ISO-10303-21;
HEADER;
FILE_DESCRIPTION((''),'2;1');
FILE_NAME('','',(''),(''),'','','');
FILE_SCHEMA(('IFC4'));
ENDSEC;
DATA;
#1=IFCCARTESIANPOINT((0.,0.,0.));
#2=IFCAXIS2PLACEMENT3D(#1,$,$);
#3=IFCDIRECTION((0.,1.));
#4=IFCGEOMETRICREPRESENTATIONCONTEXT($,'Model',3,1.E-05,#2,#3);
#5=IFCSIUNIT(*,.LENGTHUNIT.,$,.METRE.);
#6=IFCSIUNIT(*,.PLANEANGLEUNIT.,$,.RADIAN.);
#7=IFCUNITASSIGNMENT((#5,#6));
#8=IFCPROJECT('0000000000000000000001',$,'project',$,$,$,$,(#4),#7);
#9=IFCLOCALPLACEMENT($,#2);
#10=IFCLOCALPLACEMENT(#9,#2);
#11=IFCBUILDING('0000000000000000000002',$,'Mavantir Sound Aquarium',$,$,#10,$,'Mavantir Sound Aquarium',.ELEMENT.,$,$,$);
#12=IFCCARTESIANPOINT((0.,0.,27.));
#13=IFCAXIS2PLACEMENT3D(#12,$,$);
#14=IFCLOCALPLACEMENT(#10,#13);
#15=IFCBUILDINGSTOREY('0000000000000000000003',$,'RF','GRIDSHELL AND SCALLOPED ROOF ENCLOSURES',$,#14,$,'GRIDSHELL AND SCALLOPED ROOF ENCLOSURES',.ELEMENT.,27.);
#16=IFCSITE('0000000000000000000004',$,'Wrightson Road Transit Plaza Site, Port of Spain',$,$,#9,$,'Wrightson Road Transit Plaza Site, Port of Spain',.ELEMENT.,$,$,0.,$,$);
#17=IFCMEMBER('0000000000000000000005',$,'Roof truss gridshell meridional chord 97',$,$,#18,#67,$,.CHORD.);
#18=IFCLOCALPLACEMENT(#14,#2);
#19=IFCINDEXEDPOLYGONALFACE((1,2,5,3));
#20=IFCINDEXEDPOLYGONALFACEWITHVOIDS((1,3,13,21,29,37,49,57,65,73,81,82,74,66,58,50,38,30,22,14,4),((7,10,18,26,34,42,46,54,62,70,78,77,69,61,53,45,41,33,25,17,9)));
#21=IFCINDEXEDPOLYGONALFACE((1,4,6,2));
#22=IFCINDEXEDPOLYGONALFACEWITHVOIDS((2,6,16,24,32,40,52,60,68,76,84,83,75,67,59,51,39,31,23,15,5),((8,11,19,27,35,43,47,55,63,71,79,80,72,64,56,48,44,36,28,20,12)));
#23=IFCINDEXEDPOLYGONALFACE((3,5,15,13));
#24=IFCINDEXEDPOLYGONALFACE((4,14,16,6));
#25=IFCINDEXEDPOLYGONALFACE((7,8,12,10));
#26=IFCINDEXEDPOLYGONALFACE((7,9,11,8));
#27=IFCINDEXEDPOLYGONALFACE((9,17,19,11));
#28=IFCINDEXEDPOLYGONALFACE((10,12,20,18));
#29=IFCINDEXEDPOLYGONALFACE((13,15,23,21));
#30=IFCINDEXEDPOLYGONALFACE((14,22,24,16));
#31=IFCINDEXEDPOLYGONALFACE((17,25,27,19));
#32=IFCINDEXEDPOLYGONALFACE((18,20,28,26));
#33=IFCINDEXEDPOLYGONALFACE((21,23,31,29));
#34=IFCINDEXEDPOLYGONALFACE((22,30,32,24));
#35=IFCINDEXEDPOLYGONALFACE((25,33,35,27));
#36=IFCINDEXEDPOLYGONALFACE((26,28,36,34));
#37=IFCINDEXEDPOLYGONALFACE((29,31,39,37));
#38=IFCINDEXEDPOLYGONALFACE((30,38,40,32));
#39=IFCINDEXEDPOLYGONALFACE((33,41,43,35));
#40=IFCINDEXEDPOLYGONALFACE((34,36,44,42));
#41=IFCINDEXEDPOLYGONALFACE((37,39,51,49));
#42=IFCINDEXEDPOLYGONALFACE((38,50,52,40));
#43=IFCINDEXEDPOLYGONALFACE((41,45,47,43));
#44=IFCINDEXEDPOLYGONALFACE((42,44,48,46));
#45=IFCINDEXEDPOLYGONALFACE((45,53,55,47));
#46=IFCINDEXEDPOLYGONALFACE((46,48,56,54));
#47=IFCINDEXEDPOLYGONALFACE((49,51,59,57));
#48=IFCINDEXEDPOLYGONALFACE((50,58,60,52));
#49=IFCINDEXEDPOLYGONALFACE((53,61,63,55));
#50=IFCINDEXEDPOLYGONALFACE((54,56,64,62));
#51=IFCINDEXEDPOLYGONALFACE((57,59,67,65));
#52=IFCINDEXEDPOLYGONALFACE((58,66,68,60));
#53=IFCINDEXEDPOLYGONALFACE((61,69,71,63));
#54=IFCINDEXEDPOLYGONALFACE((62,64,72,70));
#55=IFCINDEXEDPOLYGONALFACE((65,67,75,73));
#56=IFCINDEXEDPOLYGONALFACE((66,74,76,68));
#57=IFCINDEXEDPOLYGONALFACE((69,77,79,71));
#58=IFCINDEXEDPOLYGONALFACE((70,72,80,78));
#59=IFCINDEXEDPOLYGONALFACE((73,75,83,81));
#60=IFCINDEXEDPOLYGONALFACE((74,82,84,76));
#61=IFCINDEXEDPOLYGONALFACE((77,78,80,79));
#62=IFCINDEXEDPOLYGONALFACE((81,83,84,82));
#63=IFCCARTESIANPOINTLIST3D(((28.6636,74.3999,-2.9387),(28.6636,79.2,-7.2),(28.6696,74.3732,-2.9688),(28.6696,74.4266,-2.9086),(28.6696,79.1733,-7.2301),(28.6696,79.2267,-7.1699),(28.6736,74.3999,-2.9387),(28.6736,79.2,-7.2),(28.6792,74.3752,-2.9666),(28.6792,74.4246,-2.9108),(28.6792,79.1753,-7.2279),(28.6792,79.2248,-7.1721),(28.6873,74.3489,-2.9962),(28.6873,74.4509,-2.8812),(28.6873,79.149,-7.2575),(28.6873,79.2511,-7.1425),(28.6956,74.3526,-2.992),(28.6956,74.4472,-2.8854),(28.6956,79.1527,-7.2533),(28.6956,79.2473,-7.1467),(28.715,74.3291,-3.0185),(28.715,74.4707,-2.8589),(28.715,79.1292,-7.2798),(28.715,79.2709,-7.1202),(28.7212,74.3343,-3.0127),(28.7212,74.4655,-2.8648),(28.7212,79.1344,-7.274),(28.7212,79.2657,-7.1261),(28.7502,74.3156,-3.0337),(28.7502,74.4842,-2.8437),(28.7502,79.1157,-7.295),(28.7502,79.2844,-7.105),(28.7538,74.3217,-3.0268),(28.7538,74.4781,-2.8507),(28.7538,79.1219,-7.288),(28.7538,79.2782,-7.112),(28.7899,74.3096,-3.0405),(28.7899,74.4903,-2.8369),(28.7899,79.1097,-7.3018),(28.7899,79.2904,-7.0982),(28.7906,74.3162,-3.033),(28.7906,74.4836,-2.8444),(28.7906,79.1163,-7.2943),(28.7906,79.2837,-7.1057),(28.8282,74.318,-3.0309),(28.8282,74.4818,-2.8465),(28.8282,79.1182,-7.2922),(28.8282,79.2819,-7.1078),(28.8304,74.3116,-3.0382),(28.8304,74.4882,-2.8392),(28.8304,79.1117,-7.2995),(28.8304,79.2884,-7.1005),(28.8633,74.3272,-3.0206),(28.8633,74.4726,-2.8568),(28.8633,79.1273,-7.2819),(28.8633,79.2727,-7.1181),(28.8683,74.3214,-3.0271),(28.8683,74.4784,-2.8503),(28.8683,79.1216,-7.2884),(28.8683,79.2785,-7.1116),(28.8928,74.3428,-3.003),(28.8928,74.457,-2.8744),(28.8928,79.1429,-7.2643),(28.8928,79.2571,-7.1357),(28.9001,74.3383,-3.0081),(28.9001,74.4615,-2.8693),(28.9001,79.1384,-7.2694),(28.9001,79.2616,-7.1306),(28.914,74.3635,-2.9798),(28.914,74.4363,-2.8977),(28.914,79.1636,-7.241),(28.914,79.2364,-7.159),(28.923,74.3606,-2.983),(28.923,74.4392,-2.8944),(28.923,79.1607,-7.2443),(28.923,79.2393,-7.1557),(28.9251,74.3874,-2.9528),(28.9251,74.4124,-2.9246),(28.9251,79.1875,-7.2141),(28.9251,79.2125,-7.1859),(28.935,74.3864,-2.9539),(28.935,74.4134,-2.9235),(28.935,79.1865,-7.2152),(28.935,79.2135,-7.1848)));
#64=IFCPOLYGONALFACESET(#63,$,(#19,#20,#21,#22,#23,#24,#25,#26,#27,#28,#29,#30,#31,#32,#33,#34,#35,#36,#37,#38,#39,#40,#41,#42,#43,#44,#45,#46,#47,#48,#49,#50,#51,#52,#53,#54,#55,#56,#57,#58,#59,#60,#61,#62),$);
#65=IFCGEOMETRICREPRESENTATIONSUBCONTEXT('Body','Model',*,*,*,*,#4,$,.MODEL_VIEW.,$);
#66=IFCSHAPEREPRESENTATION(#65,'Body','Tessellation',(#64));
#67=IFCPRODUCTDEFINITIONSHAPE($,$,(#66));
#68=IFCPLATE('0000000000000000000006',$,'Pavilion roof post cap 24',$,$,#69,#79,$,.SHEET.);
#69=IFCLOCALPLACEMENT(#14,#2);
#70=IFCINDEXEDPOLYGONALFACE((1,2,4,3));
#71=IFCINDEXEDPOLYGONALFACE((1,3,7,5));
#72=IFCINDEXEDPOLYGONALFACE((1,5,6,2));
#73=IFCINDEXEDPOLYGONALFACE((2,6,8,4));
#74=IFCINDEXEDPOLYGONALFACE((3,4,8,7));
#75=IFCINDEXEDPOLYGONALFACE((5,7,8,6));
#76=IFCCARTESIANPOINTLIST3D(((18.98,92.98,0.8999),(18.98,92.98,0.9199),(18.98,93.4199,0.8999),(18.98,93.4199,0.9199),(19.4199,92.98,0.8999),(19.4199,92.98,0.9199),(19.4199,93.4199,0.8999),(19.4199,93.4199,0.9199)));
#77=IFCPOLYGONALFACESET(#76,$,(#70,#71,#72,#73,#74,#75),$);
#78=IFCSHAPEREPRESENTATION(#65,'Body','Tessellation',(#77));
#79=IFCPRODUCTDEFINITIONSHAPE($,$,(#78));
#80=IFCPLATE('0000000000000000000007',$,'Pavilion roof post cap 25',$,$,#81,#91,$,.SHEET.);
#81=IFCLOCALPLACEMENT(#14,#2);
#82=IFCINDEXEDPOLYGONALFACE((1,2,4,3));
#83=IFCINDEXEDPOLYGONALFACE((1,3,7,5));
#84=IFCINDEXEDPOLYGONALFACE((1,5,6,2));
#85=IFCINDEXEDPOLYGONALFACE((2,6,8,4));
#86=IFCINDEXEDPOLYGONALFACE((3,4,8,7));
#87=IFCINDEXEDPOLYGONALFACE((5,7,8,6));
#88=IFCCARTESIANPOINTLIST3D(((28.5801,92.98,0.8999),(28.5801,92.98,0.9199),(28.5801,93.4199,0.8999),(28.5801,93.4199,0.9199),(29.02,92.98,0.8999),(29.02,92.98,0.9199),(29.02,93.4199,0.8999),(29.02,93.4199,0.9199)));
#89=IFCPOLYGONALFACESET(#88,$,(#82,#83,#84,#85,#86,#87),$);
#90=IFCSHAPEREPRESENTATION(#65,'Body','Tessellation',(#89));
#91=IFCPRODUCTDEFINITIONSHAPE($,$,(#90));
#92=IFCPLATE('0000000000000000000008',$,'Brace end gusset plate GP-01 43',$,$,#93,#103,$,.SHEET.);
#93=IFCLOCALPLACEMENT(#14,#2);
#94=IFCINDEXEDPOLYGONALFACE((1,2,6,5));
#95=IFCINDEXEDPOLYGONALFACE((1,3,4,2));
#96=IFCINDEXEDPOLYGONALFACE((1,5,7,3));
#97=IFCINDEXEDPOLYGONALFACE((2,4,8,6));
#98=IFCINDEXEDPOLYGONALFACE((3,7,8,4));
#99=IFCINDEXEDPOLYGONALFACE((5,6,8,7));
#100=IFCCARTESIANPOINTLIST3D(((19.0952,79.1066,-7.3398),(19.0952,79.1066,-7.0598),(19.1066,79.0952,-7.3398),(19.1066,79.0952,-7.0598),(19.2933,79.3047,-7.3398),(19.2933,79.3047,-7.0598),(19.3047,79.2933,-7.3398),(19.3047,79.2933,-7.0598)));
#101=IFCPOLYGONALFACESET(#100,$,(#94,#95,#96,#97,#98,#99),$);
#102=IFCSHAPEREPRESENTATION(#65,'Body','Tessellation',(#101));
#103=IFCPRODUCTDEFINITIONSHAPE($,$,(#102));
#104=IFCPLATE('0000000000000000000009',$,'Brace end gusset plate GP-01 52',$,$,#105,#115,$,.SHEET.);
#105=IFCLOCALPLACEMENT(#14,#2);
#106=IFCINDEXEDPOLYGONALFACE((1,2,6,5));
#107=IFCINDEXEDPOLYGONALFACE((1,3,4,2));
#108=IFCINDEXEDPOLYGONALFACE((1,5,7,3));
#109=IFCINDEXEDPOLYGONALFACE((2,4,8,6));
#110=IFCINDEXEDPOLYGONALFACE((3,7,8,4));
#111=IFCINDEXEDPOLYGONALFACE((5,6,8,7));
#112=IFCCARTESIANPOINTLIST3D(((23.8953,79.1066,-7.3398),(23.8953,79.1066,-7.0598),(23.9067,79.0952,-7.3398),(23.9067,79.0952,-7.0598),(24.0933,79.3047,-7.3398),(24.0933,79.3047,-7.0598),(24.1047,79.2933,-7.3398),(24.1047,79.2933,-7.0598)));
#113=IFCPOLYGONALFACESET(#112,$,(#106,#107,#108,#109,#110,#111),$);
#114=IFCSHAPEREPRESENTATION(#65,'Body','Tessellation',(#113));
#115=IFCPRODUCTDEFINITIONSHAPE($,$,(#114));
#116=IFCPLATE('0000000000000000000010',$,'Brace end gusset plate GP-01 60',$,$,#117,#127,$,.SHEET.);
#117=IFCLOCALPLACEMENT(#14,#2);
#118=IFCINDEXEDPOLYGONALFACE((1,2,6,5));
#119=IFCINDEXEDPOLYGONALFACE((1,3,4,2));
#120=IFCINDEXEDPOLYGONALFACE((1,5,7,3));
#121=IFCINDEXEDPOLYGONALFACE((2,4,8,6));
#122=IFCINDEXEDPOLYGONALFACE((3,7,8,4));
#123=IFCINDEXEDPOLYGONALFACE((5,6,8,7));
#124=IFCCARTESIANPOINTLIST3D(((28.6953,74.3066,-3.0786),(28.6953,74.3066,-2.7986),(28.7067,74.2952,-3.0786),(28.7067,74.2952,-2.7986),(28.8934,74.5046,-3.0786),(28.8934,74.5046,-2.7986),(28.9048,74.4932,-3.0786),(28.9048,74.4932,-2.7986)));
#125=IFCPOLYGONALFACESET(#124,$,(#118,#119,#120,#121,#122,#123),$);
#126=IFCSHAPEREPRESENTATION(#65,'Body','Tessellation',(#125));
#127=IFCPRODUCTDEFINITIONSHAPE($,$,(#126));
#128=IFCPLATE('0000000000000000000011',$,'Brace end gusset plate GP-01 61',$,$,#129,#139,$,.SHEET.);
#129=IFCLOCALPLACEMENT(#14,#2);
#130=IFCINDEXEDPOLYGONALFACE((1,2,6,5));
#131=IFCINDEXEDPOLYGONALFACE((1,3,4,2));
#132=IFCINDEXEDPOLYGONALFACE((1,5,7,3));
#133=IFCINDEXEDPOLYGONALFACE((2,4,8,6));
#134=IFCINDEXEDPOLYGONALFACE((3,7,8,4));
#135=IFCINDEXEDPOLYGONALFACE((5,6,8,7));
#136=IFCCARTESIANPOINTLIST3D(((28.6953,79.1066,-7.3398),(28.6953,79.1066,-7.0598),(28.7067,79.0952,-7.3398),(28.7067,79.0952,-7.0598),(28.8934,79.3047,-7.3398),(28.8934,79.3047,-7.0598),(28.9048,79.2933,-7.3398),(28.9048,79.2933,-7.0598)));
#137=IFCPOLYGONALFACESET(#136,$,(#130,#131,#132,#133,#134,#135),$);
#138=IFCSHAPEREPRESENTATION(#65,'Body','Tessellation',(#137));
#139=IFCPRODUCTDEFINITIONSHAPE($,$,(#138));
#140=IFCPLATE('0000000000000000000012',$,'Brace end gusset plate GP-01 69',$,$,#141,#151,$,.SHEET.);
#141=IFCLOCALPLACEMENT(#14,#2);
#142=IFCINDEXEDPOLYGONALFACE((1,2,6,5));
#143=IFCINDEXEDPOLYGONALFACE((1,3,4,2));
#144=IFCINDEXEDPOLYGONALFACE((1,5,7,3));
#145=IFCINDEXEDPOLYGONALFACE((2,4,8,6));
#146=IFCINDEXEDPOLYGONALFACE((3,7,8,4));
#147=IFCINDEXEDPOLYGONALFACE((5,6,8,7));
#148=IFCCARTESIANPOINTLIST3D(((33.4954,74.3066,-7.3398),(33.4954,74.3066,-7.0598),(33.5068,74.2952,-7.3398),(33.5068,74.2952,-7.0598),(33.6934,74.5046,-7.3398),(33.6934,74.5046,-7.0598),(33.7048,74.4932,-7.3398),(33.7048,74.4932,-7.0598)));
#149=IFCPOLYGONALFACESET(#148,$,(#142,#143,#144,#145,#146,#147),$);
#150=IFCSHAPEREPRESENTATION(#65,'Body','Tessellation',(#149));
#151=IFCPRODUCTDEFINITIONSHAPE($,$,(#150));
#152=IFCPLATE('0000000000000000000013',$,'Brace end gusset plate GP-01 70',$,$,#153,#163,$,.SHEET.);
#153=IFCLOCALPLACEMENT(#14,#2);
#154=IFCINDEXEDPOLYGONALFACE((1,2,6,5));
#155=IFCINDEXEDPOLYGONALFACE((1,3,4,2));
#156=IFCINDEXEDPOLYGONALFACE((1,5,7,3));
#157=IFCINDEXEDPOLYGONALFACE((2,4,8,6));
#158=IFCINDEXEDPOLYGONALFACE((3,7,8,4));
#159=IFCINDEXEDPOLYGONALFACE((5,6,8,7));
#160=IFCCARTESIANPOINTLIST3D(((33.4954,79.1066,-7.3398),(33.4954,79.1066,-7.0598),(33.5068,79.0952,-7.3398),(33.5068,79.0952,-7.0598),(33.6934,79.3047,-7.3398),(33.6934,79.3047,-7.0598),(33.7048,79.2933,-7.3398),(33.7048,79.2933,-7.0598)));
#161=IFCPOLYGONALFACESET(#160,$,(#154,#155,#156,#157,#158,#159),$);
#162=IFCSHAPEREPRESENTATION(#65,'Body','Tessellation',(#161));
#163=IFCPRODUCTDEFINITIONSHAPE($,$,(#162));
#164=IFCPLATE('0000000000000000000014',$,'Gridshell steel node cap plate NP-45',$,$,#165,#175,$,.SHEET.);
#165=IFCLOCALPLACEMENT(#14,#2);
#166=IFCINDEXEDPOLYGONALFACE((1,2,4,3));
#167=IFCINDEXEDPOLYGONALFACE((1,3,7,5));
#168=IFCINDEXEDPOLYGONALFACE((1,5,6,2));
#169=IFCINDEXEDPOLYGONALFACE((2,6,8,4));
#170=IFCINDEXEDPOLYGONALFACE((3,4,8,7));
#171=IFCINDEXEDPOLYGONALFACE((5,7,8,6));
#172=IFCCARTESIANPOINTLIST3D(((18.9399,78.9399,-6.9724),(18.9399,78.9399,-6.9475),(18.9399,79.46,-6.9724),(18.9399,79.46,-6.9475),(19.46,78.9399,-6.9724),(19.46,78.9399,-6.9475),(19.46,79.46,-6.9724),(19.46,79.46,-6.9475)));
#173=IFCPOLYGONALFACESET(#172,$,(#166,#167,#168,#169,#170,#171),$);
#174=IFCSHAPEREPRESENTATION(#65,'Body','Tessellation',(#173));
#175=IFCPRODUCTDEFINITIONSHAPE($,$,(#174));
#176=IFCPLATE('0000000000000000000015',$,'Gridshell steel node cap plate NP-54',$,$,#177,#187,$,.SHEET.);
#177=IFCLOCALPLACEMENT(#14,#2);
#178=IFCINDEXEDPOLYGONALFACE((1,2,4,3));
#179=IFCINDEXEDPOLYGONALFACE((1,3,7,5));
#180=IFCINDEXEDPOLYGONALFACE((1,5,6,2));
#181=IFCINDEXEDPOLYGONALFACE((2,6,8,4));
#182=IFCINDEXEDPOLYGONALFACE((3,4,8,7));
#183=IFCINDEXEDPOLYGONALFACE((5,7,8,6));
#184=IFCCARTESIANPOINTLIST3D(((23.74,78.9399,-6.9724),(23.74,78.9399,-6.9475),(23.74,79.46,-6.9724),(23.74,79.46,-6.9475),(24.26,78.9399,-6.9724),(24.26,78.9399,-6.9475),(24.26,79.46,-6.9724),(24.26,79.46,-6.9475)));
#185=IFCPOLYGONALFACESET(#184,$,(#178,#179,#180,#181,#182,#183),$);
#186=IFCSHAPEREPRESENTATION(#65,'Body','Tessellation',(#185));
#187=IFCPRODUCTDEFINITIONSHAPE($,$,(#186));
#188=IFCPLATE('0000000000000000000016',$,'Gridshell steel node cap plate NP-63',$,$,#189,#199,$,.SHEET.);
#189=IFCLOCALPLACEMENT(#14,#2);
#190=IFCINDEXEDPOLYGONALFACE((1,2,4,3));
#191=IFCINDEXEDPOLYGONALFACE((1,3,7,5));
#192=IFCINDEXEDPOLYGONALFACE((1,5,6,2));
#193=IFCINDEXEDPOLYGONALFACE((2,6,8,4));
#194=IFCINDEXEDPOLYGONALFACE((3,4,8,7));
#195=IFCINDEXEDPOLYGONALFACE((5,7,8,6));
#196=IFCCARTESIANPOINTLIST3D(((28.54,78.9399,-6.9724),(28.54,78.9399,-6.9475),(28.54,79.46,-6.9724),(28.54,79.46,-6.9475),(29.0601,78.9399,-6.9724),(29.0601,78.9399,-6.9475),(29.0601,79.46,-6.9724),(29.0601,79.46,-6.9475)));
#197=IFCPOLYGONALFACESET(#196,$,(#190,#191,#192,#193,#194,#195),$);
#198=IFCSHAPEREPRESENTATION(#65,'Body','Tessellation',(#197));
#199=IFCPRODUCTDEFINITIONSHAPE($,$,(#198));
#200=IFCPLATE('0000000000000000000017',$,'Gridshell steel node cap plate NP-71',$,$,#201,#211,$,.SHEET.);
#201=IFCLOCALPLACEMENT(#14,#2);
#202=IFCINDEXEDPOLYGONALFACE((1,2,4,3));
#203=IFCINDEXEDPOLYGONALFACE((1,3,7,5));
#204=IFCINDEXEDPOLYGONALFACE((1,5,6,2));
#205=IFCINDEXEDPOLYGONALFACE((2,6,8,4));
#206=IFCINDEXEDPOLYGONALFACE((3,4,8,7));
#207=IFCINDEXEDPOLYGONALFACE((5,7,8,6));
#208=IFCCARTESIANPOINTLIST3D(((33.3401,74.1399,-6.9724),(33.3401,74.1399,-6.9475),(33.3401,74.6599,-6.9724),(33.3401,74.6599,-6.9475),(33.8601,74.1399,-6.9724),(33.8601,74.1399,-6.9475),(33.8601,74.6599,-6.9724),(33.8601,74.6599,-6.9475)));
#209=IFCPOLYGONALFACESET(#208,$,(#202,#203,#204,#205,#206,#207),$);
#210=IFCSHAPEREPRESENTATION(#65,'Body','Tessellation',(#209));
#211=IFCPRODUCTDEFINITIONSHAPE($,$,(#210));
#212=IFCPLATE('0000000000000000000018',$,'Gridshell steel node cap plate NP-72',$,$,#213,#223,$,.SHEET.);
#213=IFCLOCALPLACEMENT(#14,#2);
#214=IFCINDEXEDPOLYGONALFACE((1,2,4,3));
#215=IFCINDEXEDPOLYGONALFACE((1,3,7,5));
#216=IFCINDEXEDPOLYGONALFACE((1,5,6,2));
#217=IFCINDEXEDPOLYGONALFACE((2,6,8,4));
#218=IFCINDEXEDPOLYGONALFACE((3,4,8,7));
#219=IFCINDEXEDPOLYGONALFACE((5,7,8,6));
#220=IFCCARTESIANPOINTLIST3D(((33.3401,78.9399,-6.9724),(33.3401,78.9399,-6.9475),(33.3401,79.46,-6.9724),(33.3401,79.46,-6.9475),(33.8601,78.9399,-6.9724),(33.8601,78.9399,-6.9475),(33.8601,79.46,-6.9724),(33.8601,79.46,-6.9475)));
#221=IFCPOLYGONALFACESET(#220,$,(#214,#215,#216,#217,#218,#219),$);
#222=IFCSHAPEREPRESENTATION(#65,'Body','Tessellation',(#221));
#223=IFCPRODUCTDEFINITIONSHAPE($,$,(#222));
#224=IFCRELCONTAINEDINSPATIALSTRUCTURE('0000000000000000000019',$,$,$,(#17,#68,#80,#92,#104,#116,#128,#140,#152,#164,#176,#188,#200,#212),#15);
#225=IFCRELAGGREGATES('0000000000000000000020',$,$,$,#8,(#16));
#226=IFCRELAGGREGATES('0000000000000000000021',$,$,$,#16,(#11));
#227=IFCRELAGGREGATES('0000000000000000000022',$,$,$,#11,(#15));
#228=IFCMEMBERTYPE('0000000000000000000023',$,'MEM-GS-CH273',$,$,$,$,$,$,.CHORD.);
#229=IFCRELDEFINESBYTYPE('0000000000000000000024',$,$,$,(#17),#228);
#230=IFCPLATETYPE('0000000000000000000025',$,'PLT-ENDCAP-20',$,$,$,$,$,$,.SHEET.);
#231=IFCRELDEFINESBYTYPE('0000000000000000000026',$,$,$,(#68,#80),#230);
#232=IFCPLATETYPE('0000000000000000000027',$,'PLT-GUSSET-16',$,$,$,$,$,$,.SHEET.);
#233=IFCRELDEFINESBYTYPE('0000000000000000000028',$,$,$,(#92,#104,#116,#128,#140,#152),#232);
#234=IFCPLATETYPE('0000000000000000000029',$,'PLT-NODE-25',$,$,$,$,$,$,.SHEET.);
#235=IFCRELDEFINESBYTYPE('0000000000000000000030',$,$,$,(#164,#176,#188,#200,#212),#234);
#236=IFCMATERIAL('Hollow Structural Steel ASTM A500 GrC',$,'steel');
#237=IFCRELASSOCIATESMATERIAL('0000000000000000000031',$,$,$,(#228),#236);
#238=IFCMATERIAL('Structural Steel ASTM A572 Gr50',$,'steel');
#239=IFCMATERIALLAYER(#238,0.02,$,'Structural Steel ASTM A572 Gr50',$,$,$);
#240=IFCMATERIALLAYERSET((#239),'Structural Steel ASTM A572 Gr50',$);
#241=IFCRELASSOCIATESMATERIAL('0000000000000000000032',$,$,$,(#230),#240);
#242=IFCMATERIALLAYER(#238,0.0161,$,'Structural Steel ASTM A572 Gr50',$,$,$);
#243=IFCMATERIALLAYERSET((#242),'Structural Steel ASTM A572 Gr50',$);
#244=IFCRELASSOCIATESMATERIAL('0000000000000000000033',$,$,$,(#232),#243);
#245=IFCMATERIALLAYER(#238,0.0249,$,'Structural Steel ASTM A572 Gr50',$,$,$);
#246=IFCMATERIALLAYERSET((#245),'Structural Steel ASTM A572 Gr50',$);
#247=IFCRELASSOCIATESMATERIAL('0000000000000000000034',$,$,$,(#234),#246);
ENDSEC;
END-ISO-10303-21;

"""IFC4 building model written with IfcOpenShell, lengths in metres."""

from ifc_helpers import new_model, si_unit, direction, frame, origin, origin_2d, place, context, subcontext, project, spatial, rectangle, hollow_circle, extrude, material, layer, layer_set, material_profile, profile_set, type_object, element, save


model = new_model("IFC4")

# Units and contexts
model_context = context("Model", 3, precision=1e-05, world=origin(), true_north=direction((0.0, 1.0)))
body_context = subcontext(model_context, "Body", "Model", "MODEL_VIEW")
ifc_project = project(units=[si_unit("LENGTHUNIT", "METRE"), si_unit("PLANEANGLEUNIT", "RADIAN")], contexts=[model_context])

# Site, building, storey
site_placement = place(None, origin())
site = spatial("IfcSite", under=ifc_project, at=site_placement, Name="Wrightson Road Transit Plaza Site, Port of Spain", LongName="Wrightson Road Transit Plaza Site, Port of Spain", CompositionType="ELEMENT", RefElevation=0.0)
building_placement = place(site_placement, origin())
building = spatial("IfcBuilding", under=site, at=building_placement, Name="Mavantir Sound Aquarium", LongName="Mavantir Sound Aquarium", CompositionType="ELEMENT")
storey_placement = place(building_placement, frame((0.0, 0.0, 27.0)))
storey = spatial("IfcBuildingStorey", under=building, at=storey_placement, Name="RF", Description="GRIDSHELL AND SCALLOPED ROOF ENCLOSURES", LongName="GRIDSHELL AND SCALLOPED ROOF ENCLOSURES", CompositionType="ELEMENT", Elevation=27.0)

# Shared definitions
ifc_material_1 = material(Name="Hollow Structural Steel ASTM A500 GrC", Category="steel")

# Member
ifc_material_profile_1 = material_profile(ifc_material_1, hollow_circle(Radius=0.1365, WallThickness=0.01, at=origin_2d()), Name="CHS 273X10")
ifc_profile_set_1 = profile_set([ifc_material_profile_1], Name="Hollow Structural Steel ASTM A500 GrC")
member_type_1 = type_object("IfcMemberType", Name="MEM-GS-CH273", PredefinedType="CHORD", material=ifc_profile_set_1)
member_1_placement = place(storey_placement, frame((28.8, 74.3999, -2.9387), z_axis=(0.0, 0.747833, -0.663887), x_axis=(-1.0, 0.0, 0.0)))
element("IfcMember", 1, at=member_1_placement, inside=storey, type_object=member_type_1, Name="Roof truss gridshell meridional chord 97", PredefinedType="CHORD", context=body_context, shape_type="SweptSolid", body=[
    extrude(hollow_circle(Radius=0.1365, WallThickness=0.01, at=origin_2d()), origin(), (0.0, 0.0, 1.0), 6.4187),
])

# Plates
ifc_material_2 = material(Name="Structural Steel ASTM A572 Gr50", Category="steel")
ifc_layer_1 = layer(ifc_material_2, 0.02, Name="Structural Steel ASTM A572 Gr50")
ifc_layer_set_1 = layer_set([ifc_layer_1], Name="Structural Steel ASTM A572 Gr50")
plate_type_1 = type_object("IfcPlateType", Name="PLT-ENDCAP-20", PredefinedType="SHEET", material=ifc_layer_set_1)
for number, where, z_axis, x_axis, name in (
    (2, (19.2, 93.2, 0.8999), (0.0, 0.0, 1.0), (1.0, 0.0, 0.0), "Pavilion roof post cap 24"),
    (3, (28.8, 93.2, 0.8999), (0.0, 0.0, 1.0), (1.0, 0.0, 0.0), "Pavilion roof post cap 25"),
):
    element("IfcPlate", number, at=place(storey_placement, frame(where, z_axis=z_axis, x_axis=x_axis)), inside=storey, type_object=plate_type_1, Name=name, PredefinedType="SHEET", context=body_context, shape_type="SweptSolid", body=[
        extrude(rectangle(XDim=0.4399, YDim=0.4399, at=origin_2d()), origin(), (0.0, 0.0, 1.0), 0.02),
    ])
ifc_layer_2 = layer(ifc_material_2, 0.0161, Name="Structural Steel ASTM A572 Gr50")
ifc_layer_set_2 = layer_set([ifc_layer_2], Name="Structural Steel ASTM A572 Gr50")
plate_type_2 = type_object("IfcPlateType", Name="PLT-GUSSET-16", PredefinedType="SHEET", material=ifc_layer_set_2)
for number, where, z_axis, x_axis, name in (
    (4, (19.2, 79.2, -7.3398), (0.0, 0.0, 1.0), (0.707107, 0.707107, 0.0), "Brace end gusset plate GP-01 43"),
    (5, (24.0, 79.2, -7.3398), (0.0, 0.0, 1.0), (0.707107, 0.707107, 0.0), "Brace end gusset plate GP-01 52"),
    (6, (28.8, 74.3999, -3.0786), (0.0, 0.0, 1.0), (0.707107, 0.707107, 0.0), "Brace end gusset plate GP-01 60"),
    (7, (28.8, 79.2, -7.3398), (0.0, 0.0, 1.0), (0.707107, 0.707107, 0.0), "Brace end gusset plate GP-01 61"),
    (8, (33.6001, 74.3999, -7.3398), (0.0, 0.0, 1.0), (0.707107, 0.707107, 0.0), "Brace end gusset plate GP-01 69"),
    (9, (33.6001, 79.2, -7.3398), (0.0, 0.0, 1.0), (0.707107, 0.707107, 0.0), "Brace end gusset plate GP-01 70"),
):
    element("IfcPlate", number, at=place(storey_placement, frame(where, z_axis=z_axis, x_axis=x_axis)), inside=storey, type_object=plate_type_2, Name=name, PredefinedType="SHEET", context=body_context, shape_type="SweptSolid", body=[
        extrude(rectangle(XDim=0.28, YDim=0.0161, at=origin_2d()), origin(), (0.0, 0.0, 1.0), 0.28),
    ])
ifc_layer_3 = layer(ifc_material_2, 0.0249, Name="Structural Steel ASTM A572 Gr50")
ifc_layer_set_3 = layer_set([ifc_layer_3], Name="Structural Steel ASTM A572 Gr50")
plate_type_3 = type_object("IfcPlateType", Name="PLT-NODE-25", PredefinedType="SHEET", material=ifc_layer_set_3)
for number, where, z_axis, x_axis, name in (
    (10, (19.2, 79.2, -6.9724), (0.0, 0.0, 1.0), (1.0, 0.0, 0.0), "Gridshell steel node cap plate NP-45"),
    (11, (24.0, 79.2, -6.9724), (0.0, 0.0, 1.0), (1.0, 0.0, 0.0), "Gridshell steel node cap plate NP-54"),
    (12, (28.8, 79.2, -6.9724), (0.0, 0.0, 1.0), (1.0, 0.0, 0.0), "Gridshell steel node cap plate NP-63"),
    (13, (33.6001, 74.3999, -6.9724), (0.0, 0.0, 1.0), (1.0, 0.0, 0.0), "Gridshell steel node cap plate NP-71"),
    (14, (33.6001, 79.2, -6.9724), (0.0, 0.0, 1.0), (1.0, 0.0, 0.0), "Gridshell steel node cap plate NP-72"),
):
    element("IfcPlate", number, at=place(storey_placement, frame(where, z_axis=z_axis, x_axis=x_axis)), inside=storey, type_object=plate_type_3, Name=name, PredefinedType="SHEET", context=body_context, shape_type="SweptSolid", body=[
        extrude(rectangle(XDim=0.52, YDim=0.52, at=origin_2d()), origin(), (0.0, 0.0, 1.0), 0.0249),
    ])

save(model, "model.ifc")
